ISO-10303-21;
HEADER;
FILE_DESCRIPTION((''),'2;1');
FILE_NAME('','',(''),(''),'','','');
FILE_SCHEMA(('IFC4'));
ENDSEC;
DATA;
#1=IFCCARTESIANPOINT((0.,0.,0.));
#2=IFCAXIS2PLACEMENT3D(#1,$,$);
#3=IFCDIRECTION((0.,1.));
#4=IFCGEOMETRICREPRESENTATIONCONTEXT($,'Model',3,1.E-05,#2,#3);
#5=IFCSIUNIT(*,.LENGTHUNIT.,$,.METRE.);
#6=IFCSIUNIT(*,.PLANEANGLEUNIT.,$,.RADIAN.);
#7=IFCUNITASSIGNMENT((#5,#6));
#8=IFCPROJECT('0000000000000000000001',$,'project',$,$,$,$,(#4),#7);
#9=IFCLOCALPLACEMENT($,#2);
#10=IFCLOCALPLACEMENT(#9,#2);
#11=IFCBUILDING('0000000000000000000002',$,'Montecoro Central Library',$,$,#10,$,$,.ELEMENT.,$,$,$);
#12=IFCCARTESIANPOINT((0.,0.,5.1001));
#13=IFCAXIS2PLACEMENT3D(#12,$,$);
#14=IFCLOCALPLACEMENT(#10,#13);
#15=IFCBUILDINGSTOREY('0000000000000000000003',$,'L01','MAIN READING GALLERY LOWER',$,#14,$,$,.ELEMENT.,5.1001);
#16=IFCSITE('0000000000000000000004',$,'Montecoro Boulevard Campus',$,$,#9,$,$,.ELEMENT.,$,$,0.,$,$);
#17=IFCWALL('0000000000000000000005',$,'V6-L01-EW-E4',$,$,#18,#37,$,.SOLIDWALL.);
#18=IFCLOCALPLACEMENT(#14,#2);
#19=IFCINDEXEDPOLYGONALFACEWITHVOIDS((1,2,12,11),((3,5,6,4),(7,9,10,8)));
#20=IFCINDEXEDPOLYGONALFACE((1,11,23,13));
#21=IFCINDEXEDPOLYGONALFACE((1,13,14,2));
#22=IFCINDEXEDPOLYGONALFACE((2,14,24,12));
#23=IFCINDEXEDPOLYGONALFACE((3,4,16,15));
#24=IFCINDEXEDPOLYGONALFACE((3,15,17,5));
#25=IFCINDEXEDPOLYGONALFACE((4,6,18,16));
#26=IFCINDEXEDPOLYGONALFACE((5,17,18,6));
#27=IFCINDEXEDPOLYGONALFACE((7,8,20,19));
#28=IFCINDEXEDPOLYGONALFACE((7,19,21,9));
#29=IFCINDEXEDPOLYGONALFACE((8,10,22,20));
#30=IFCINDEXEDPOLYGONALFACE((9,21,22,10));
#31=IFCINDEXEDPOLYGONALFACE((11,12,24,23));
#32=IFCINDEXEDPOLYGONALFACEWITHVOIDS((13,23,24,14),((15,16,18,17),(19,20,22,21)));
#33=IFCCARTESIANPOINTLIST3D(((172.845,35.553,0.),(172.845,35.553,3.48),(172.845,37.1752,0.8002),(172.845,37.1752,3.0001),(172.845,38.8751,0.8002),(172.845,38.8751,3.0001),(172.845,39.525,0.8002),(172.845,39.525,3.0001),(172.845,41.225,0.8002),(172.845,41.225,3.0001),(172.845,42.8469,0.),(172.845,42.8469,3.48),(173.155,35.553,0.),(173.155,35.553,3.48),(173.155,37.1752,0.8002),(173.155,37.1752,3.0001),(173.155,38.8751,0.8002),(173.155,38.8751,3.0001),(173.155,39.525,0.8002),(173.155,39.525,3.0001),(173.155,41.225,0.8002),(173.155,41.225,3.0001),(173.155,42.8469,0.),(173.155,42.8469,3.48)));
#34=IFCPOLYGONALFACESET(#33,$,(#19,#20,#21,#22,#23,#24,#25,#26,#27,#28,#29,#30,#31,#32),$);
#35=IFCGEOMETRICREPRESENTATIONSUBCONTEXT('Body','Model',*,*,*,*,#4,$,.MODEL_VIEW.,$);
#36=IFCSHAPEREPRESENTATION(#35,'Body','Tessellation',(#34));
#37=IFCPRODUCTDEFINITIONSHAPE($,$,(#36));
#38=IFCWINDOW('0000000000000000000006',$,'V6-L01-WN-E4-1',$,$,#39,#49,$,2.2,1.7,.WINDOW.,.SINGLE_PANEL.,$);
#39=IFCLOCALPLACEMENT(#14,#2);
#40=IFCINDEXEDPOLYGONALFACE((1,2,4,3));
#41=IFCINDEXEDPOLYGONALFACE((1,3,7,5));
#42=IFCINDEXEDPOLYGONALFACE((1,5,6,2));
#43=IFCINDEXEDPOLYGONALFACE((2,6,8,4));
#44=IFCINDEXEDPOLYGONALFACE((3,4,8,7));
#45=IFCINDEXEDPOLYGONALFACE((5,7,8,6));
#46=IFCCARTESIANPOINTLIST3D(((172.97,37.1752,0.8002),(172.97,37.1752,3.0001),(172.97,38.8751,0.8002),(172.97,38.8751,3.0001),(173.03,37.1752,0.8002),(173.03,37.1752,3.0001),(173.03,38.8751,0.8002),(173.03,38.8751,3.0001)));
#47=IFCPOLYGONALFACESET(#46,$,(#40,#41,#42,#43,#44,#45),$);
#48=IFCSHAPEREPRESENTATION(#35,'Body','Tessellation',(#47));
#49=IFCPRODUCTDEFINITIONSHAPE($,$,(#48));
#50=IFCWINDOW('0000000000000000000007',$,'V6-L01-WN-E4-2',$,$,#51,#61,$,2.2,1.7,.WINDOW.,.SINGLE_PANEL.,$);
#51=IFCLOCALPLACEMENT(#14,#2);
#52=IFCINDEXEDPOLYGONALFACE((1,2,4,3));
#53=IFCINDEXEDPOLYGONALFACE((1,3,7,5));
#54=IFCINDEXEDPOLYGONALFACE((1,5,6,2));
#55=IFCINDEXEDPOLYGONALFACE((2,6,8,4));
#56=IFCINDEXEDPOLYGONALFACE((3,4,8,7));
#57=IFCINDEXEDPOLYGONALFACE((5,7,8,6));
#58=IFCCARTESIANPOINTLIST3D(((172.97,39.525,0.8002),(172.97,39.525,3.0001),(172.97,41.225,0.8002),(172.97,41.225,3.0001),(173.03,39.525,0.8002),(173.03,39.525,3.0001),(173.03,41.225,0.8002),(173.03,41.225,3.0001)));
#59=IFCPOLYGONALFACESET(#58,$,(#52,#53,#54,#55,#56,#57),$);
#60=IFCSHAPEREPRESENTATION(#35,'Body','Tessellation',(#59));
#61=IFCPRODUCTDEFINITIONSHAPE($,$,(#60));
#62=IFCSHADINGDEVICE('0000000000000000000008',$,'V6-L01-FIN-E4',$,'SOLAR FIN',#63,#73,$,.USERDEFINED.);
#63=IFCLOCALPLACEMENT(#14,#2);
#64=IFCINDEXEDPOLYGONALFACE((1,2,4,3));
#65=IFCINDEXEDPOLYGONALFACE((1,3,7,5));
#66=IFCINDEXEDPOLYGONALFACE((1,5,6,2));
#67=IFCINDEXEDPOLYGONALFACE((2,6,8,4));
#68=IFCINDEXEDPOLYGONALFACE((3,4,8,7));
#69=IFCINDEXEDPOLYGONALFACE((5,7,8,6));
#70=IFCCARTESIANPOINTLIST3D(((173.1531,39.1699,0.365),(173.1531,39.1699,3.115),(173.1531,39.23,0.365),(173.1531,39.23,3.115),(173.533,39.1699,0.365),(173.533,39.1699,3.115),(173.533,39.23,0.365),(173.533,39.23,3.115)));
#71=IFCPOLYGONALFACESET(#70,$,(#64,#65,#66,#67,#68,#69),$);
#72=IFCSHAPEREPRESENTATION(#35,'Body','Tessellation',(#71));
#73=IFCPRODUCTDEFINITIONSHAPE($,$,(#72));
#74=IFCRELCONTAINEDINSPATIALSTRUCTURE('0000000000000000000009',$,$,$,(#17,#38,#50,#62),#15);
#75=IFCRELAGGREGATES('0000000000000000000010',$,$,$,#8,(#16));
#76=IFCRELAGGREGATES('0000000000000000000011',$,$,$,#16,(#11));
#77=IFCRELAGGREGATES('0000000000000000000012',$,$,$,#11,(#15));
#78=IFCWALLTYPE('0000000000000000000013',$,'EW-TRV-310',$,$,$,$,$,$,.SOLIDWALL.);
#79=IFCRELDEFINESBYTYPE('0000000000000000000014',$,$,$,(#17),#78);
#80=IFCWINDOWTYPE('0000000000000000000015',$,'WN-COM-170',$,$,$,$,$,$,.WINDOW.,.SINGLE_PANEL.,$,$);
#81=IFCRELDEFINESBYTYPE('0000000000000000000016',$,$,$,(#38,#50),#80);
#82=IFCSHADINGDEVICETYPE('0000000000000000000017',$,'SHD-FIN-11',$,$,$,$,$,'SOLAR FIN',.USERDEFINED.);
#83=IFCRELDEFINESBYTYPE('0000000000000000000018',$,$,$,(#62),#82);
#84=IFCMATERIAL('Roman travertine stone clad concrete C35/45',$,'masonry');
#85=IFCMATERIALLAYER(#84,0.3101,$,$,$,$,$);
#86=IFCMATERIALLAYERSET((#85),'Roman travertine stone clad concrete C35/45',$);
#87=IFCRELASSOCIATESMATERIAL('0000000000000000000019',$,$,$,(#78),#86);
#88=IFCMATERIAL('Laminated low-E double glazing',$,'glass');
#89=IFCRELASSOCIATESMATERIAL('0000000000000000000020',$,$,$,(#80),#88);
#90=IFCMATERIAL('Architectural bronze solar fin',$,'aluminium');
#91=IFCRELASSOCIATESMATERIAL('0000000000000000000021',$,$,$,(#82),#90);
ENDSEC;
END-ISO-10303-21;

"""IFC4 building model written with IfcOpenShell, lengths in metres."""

from ifc_helpers import new_model, si_unit, direction, frame, frame_2d, origin, origin_2d, place, context, subcontext, project, spatial, rectangle, extrude, material, layer, layer_set, type_object, element, fill, save


model = new_model("IFC4")

# Units and contexts
model_context = context("Model", 3, precision=1e-05, world=origin(), true_north=direction((0.0, 1.0)))
body_context = subcontext(model_context, "Body", "Model", "MODEL_VIEW")
ifc_project = project(units=[si_unit("LENGTHUNIT", "METRE"), si_unit("PLANEANGLEUNIT", "RADIAN")], contexts=[model_context])

# Site, building, storey
site_placement = place(None, origin())
site = spatial("IfcSite", under=ifc_project, at=site_placement, Name="Montecoro Boulevard Campus", CompositionType="ELEMENT", RefElevation=0.0)
building_placement = place(site_placement, origin())
building = spatial("IfcBuilding", under=site, at=building_placement, Name="Montecoro Central Library", CompositionType="ELEMENT")
storey_placement = place(building_placement, frame((0.0, 0.0, 5.1001)))
storey = spatial("IfcBuildingStorey", under=building, at=storey_placement, Name="L01", Description="MAIN READING GALLERY LOWER", CompositionType="ELEMENT", Elevation=5.1001)

# Shared definitions
ifc_material_1 = material(Name="Laminated low-E double glazing", Category="glass")

# Wall, openings, windows
ifc_material_2 = material(Name="Roman travertine stone clad concrete C35/45", Category="masonry")
ifc_layer_1 = layer(ifc_material_2, 0.3101)
ifc_layer_set_1 = layer_set([ifc_layer_1], Name="Roman travertine stone clad concrete C35/45")
wall_type = type_object("IfcWallType", Name="EW-TRV-310", PredefinedType="SOLIDWALL", material=ifc_layer_set_1)
wall_placement = place(storey_placement, frame((173.0, 35.553, 0.0), z_axis=(0.0, 0.0, 1.0), x_axis=(0.0, 1.0, 0.0)))
wall = element("IfcWall", 1, at=wall_placement, inside=storey, type_object=wall_type, Name="V6-L01-EW-E4", PredefinedType="SOLIDWALL", context=body_context, shape_type="SweptSolid", body=[
    extrude(rectangle(XDim=7.2939, YDim=0.3101, at=frame_2d((3.647, 0.0))), origin(), (0.0, 0.0, 1.0), 3.48),
])
opening_1_placement = place(wall_placement, frame((1.6221, 0.0, 0.8)))
opening_1 = element("IfcOpeningElement", 2, at=opening_1_placement, cuts=wall, PredefinedType="OPENING", context=body_context, shape_type="SweptSolid", body=[
    extrude(rectangle(XDim=1.7, YDim=2.2, at=frame_2d((0.8501, 1.1001))), frame((0.0, 0.165, 0.0), z_axis=(0.0, -1.0, 0.0), x_axis=(1.0, 0.0, 0.0)), (0.0, 0.0, 1.0), 0.3301),
])
opening_2_placement = place(wall_placement, frame((3.9719, 0.0, 0.8)))
opening_2 = element("IfcOpeningElement", 3, at=opening_2_placement, cuts=wall, PredefinedType="OPENING", context=body_context, shape_type="SweptSolid", body=[
    extrude(rectangle(XDim=1.7, YDim=2.2, at=frame_2d((0.8501, 1.1001))), frame((0.0, 0.165, 0.0), z_axis=(0.0, -1.0, 0.0), x_axis=(1.0, 0.0, 0.0)), (0.0, 0.0, 1.0), 0.3301),
])
window_type = type_object("IfcWindowType", Name="WN-COM-170", PartitioningType="SINGLE_PANEL", PredefinedType="WINDOW", material=ifc_material_1)
window_1_placement = place(opening_1_placement, origin())
window_1 = element("IfcWindow", 4, at=window_1_placement, inside=storey, type_object=window_type, Name="V6-L01-WN-E4-1", OverallHeight=2.2, OverallWidth=1.7, PartitioningType="SINGLE_PANEL", PredefinedType="WINDOW", context=body_context, shape_type="SweptSolid", body=[
    extrude(rectangle(XDim=1.7, YDim=2.2, at=frame_2d((0.8501, 1.1001))), frame((0.0, 0.03, 0.0), z_axis=(0.0, -1.0, 0.0), x_axis=(1.0, 0.0, 0.0)), (0.0, 0.0, 1.0), 0.0601),
])
fill(opening_1, window_1)
window_2_placement = place(opening_2_placement, origin())
window_2 = element("IfcWindow", 5, at=window_2_placement, inside=storey, type_object=window_type, Name="V6-L01-WN-E4-2", OverallHeight=2.2, OverallWidth=1.7, PartitioningType="SINGLE_PANEL", PredefinedType="WINDOW", context=body_context, shape_type="SweptSolid", body=[
    extrude(rectangle(XDim=1.7, YDim=2.2, at=frame_2d((0.8501, 1.1001))), frame((0.0, 0.03, 0.0), z_axis=(0.0, -1.0, 0.0), x_axis=(1.0, 0.0, 0.0)), (0.0, 0.0, 1.0), 0.0601),
])
fill(opening_2, window_2)

# Shading device
ifc_material_3 = material(Name="Architectural bronze solar fin", Category="aluminium")
shading_device_type = type_object("IfcShadingDeviceType", Name="SHD-FIN-11", ElementType="SOLAR FIN", PredefinedType="USERDEFINED", material=ifc_material_3)
shading_device_placement = place(storey_placement, frame((173.343, 39.2, 0.365), z_axis=(0.0, 0.0, 1.0), x_axis=(0.0, 1.0, 0.0)))
element("IfcShadingDevice", 6, at=shading_device_placement, inside=storey, type_object=shading_device_type, Name="V6-L01-FIN-E4", ObjectType="SOLAR FIN", PredefinedType="USERDEFINED", context=body_context, shape_type="SweptSolid", body=[
    extrude(rectangle(XDim=0.0601, YDim=0.3799, at=origin_2d()), origin(), (0.0, 0.0, 1.0), 2.75),
])

save(model, "model.ifc")
